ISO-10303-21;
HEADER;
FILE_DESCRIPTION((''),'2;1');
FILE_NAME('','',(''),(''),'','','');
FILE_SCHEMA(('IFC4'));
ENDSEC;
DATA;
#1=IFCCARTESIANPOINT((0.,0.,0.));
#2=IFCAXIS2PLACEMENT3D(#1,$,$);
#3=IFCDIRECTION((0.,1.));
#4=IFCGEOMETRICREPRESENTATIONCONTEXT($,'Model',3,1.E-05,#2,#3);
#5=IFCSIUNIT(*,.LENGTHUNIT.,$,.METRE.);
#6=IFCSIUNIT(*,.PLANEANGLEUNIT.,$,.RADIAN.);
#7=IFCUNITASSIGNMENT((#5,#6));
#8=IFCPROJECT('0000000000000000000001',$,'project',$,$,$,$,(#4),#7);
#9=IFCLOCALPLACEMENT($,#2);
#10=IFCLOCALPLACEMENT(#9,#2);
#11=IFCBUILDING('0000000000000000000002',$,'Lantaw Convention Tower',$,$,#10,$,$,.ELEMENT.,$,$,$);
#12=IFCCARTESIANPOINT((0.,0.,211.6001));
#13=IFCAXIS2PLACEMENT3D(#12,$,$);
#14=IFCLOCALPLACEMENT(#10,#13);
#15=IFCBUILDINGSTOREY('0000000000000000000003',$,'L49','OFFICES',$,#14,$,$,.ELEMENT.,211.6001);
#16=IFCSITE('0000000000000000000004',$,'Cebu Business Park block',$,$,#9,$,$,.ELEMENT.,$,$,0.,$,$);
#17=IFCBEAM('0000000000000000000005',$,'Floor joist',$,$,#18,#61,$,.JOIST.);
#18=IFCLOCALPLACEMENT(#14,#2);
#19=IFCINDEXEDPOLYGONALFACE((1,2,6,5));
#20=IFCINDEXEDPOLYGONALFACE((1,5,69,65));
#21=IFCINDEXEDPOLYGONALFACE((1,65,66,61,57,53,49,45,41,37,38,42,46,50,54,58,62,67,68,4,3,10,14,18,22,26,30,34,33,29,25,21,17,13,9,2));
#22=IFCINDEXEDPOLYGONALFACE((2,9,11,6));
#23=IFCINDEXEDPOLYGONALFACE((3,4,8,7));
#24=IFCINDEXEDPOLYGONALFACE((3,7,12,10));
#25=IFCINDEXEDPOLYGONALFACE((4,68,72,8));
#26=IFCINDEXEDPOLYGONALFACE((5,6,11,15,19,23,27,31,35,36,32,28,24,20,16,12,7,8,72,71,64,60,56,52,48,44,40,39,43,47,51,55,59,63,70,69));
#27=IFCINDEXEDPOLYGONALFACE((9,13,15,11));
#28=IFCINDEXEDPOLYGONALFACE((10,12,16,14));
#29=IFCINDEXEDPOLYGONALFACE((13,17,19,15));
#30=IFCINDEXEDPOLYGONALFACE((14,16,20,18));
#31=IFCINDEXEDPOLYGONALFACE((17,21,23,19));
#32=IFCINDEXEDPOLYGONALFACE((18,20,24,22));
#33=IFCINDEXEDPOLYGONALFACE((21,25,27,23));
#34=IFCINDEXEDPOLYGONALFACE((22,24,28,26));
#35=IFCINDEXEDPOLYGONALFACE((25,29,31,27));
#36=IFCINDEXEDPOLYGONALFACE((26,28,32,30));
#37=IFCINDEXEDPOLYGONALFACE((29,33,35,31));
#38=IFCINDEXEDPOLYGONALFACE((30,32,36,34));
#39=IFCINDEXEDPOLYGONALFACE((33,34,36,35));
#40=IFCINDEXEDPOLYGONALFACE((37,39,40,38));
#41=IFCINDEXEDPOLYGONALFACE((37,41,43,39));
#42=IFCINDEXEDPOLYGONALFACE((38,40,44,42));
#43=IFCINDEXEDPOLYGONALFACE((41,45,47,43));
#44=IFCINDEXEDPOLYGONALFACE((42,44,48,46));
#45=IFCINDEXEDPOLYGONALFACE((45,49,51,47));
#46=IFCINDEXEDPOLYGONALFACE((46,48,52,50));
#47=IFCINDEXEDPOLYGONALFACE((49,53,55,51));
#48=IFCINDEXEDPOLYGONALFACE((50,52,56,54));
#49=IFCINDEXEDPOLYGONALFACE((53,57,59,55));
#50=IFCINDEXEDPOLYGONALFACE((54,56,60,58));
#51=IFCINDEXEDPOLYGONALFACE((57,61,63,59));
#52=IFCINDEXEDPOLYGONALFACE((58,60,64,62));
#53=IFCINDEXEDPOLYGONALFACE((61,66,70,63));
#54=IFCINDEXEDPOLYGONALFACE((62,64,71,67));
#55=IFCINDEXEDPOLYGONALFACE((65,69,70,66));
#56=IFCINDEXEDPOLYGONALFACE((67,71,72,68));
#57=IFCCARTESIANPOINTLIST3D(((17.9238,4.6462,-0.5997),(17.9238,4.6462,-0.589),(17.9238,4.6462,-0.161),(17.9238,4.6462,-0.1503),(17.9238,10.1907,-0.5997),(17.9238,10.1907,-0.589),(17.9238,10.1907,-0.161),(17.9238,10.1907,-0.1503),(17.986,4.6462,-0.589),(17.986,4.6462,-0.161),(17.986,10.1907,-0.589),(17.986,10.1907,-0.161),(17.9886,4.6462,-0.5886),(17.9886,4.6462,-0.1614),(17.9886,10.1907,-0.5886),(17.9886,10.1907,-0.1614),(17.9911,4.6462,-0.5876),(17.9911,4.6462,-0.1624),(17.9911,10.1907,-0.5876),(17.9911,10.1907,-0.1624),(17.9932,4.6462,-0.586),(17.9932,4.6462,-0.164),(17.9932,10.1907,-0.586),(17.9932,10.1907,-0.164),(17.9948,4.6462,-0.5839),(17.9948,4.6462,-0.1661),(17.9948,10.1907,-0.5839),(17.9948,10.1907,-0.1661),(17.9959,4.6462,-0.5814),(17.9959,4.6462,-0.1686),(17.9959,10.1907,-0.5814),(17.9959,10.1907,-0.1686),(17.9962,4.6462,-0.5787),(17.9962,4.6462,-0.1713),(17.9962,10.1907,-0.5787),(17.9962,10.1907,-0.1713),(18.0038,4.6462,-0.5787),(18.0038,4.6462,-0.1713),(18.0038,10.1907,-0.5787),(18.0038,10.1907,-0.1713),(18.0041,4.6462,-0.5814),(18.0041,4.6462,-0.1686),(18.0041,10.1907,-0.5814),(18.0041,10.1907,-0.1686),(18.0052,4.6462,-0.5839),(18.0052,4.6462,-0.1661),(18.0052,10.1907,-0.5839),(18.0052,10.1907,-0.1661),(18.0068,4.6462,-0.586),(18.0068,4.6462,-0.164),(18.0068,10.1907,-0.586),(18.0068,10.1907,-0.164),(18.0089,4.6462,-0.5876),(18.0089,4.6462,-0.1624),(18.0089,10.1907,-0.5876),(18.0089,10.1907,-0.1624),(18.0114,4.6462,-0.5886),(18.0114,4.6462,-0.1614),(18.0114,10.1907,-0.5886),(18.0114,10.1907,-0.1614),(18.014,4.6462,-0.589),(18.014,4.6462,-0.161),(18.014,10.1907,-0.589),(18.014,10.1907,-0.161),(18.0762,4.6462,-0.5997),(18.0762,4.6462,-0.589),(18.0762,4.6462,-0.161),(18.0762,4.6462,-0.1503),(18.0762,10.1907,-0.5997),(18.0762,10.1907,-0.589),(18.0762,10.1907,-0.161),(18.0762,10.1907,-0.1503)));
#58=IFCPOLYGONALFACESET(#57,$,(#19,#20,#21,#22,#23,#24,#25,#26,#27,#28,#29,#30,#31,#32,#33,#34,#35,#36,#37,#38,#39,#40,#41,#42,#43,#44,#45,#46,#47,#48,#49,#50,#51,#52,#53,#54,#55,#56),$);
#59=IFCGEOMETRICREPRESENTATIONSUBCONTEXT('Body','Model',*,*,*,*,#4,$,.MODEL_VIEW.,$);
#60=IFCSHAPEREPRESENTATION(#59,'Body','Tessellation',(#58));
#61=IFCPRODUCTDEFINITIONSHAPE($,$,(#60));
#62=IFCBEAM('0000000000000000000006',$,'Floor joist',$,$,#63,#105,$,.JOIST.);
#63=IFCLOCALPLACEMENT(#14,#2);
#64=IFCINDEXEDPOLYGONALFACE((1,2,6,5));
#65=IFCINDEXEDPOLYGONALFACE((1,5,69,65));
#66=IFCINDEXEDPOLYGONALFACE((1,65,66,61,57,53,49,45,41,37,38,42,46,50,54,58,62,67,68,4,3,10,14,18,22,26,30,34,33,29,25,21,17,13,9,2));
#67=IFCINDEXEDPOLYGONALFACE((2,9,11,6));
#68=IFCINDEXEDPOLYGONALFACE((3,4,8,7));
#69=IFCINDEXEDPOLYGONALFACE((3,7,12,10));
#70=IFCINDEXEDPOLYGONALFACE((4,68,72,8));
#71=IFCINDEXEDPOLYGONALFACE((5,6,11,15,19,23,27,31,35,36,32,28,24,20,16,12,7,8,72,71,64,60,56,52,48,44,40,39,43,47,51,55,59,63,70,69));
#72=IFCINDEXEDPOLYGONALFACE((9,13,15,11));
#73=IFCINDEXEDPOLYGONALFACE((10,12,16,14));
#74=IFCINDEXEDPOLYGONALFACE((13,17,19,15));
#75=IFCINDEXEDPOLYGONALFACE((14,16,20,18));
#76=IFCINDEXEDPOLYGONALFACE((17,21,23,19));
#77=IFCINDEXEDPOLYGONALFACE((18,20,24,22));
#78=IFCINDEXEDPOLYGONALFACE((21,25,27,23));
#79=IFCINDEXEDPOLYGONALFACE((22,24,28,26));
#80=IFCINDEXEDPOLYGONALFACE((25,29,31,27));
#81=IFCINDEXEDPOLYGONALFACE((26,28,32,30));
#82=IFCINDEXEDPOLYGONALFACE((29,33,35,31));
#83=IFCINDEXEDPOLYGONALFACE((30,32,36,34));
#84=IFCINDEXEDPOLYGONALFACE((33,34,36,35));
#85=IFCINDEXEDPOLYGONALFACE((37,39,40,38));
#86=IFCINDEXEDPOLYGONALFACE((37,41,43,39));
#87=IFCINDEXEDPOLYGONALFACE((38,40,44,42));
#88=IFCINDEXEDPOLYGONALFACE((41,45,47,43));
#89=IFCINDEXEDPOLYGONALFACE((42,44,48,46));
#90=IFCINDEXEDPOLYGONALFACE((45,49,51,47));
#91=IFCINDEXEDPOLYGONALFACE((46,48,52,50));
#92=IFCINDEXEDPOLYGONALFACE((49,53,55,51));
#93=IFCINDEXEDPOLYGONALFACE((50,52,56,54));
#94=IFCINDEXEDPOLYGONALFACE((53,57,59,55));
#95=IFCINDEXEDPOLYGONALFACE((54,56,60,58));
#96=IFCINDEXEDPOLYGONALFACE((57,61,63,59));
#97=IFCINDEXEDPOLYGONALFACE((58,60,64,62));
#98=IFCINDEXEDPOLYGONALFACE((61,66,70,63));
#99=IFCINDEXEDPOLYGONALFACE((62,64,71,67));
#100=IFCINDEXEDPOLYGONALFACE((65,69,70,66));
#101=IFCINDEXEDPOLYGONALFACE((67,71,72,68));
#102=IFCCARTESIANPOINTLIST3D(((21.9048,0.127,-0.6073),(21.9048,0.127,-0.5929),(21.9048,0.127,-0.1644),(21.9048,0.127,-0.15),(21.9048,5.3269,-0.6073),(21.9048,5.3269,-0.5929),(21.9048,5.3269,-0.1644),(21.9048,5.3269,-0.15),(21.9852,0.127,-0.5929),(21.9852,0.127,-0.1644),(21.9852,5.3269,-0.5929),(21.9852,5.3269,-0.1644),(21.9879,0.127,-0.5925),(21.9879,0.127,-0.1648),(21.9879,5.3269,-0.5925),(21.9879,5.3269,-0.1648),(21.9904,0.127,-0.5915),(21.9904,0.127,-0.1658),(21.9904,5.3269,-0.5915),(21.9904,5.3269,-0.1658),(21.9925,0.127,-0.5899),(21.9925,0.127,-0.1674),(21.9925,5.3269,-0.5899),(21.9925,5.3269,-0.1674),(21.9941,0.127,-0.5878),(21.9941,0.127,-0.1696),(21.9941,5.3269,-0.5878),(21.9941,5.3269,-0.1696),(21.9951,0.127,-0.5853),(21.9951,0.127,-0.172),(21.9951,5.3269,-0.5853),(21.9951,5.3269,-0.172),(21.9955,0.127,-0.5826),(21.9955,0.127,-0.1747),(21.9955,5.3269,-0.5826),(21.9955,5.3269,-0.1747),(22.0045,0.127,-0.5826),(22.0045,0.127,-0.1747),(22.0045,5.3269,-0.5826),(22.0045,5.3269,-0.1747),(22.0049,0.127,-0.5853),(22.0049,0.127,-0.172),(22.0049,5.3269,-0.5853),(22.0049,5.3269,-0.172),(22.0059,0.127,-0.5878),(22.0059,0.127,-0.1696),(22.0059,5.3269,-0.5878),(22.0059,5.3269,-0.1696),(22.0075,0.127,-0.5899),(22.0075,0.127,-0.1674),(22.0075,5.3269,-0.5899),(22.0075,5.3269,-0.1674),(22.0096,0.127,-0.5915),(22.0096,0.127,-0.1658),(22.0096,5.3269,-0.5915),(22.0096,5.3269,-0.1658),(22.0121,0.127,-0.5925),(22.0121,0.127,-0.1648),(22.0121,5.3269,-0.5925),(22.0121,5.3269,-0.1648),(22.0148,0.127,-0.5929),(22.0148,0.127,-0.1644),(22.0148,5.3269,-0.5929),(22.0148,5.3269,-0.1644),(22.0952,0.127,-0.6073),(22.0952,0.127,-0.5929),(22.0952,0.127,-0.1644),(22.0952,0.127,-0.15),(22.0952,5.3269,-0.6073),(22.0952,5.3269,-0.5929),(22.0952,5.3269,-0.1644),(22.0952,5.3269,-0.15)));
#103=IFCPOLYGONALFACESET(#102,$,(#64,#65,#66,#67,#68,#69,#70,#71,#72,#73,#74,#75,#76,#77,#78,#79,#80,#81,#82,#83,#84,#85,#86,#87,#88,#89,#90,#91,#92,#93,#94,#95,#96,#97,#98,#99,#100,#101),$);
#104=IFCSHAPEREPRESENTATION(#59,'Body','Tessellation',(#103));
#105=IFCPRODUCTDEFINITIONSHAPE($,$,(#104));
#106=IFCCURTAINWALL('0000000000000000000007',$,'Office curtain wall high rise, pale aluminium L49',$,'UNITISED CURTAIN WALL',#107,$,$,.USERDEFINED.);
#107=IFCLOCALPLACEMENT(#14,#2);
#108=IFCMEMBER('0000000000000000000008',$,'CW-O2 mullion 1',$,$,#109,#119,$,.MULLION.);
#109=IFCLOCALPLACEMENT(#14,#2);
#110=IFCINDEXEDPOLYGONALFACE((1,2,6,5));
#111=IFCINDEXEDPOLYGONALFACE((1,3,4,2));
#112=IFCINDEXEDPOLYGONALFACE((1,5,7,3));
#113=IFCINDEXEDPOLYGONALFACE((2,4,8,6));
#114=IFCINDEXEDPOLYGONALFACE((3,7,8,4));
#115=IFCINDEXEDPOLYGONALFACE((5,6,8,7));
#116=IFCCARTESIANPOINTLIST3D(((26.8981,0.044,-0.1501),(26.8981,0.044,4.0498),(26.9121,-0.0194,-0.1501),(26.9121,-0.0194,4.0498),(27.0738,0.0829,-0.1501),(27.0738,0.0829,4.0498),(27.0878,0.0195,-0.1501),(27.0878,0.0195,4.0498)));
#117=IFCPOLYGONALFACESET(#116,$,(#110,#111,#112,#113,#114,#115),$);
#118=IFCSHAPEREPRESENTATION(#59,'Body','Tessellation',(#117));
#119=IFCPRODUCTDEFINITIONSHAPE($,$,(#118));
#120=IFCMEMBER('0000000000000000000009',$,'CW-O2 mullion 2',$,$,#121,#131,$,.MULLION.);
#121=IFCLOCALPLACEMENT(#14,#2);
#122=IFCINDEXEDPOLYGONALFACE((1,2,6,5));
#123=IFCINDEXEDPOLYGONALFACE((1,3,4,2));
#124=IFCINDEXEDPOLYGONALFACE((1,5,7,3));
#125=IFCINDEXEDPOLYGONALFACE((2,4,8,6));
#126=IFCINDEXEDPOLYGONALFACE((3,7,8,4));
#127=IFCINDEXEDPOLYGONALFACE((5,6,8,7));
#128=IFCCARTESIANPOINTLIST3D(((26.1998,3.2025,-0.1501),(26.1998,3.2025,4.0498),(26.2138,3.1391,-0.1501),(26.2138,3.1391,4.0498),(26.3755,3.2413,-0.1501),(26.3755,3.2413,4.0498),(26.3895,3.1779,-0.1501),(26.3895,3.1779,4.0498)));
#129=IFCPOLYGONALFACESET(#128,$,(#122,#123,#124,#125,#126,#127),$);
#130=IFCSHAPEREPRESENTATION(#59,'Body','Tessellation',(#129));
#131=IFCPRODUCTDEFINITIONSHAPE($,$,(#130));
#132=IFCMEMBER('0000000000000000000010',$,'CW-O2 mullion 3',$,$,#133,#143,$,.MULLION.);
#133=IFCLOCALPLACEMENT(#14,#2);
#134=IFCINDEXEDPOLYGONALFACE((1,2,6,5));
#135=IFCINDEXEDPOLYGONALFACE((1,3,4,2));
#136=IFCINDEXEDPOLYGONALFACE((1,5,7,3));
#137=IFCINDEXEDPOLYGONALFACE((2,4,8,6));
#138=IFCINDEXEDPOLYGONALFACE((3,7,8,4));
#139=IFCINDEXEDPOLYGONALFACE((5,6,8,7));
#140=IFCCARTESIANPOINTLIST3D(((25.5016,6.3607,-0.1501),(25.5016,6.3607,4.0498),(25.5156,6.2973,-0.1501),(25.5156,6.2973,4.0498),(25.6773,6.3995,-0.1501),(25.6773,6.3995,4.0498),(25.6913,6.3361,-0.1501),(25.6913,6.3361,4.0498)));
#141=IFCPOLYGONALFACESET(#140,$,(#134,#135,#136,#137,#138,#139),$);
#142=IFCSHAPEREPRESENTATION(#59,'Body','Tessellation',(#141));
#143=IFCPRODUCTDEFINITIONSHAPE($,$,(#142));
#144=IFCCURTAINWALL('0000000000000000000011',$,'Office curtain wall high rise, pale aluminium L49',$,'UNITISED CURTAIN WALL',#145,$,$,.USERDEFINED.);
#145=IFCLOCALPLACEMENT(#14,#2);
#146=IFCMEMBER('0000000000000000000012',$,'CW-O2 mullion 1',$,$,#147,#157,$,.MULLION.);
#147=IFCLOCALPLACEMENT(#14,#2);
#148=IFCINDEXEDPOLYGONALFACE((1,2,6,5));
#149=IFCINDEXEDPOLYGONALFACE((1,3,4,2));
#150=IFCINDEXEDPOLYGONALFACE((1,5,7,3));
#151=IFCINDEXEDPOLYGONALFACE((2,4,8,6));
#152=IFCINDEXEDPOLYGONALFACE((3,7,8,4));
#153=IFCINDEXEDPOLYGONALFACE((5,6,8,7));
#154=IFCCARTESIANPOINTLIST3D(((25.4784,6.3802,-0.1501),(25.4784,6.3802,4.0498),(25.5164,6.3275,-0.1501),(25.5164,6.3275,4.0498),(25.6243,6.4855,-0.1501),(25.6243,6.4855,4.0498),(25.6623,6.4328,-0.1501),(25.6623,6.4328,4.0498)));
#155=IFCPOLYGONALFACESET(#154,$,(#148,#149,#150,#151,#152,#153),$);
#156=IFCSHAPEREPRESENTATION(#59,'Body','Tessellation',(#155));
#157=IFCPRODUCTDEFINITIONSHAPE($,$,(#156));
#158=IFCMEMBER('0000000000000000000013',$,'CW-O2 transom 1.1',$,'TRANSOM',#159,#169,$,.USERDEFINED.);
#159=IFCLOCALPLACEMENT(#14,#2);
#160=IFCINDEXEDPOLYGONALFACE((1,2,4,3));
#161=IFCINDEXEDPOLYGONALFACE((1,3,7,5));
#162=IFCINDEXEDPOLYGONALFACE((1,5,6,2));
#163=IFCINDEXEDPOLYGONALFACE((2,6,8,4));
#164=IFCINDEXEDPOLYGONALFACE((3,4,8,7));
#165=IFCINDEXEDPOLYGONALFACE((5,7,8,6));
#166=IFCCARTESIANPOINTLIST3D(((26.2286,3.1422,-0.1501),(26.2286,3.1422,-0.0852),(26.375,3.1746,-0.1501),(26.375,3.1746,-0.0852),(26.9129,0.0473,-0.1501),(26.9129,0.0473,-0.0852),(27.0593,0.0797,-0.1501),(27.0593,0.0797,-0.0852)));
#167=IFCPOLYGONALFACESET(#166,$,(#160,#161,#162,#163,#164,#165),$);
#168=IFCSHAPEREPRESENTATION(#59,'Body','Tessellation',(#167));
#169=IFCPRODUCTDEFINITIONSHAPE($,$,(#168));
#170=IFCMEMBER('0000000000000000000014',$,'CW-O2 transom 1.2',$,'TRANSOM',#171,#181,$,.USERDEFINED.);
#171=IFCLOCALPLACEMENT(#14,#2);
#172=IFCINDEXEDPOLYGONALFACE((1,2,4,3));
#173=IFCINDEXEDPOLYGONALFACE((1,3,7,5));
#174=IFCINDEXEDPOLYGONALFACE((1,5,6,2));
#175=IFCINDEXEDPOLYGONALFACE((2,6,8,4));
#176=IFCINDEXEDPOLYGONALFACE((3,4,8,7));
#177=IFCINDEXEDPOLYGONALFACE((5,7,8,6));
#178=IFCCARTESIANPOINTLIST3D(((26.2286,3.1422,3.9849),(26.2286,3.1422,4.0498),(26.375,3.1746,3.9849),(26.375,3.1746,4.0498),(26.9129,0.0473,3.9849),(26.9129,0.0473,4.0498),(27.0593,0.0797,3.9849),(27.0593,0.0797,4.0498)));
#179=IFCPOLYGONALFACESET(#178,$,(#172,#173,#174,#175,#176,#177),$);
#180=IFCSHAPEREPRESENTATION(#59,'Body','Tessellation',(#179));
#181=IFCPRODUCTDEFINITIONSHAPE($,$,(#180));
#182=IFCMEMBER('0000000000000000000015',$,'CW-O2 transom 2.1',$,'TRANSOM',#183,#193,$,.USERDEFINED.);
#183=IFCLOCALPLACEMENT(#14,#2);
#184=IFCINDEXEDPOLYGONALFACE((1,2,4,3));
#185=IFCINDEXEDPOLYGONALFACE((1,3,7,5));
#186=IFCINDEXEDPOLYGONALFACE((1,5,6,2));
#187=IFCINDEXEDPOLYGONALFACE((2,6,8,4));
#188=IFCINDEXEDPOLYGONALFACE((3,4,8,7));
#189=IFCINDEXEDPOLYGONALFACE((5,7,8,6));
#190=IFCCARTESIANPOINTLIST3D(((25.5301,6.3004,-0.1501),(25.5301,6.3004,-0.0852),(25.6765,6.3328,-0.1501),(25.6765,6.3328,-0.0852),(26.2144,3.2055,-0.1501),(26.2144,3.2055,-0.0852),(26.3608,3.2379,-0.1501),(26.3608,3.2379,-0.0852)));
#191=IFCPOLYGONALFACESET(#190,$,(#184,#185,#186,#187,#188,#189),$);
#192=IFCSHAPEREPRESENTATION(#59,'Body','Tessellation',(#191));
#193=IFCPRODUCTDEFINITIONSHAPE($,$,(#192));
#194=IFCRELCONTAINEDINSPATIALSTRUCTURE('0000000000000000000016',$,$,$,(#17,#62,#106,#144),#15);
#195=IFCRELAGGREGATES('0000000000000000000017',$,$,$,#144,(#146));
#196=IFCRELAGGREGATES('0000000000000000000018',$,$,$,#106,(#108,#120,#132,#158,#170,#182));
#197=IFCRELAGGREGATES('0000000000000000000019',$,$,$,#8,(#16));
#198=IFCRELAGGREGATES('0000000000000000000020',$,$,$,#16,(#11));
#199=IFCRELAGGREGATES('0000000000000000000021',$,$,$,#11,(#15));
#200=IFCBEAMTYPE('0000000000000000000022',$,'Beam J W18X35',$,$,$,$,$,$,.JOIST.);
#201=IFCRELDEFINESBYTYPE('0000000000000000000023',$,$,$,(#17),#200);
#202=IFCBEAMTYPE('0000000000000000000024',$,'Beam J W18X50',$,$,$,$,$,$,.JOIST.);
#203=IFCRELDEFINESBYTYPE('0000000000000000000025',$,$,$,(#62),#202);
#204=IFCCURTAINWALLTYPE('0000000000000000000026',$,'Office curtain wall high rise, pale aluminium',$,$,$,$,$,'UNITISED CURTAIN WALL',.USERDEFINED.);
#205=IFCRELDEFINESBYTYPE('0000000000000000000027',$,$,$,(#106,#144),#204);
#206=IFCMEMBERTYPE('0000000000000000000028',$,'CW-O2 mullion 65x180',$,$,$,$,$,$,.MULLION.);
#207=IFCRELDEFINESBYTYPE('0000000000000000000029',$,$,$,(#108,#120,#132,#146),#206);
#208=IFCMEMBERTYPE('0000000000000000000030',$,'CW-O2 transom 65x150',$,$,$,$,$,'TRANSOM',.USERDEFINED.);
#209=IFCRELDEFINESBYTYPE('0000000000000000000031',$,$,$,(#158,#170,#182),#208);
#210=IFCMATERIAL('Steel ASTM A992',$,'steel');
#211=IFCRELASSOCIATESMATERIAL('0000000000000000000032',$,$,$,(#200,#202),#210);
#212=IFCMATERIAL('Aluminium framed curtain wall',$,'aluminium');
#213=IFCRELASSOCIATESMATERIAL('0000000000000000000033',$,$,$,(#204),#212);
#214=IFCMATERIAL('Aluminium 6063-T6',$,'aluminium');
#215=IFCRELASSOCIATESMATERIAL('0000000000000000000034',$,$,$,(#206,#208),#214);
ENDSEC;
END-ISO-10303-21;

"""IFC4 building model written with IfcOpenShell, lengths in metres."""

from ifc_helpers import new_model, si_unit, direction, frame, origin, origin_2d, place, context, subcontext, project, spatial, rectangle, i_section, extrude, material, material_profile, profile_set, type_object, element, aggregate, save


model = new_model("IFC4")

# Units and contexts
model_context = context("Model", 3, precision=1e-05, world=origin(), true_north=direction((0.0, 1.0)))
body_context = subcontext(model_context, "Body", "Model", "MODEL_VIEW")
ifc_project = project(units=[si_unit("LENGTHUNIT", "METRE"), si_unit("PLANEANGLEUNIT", "RADIAN")], contexts=[model_context])

# Site, building, storey
site_placement = place(None, origin())
site = spatial("IfcSite", under=ifc_project, at=site_placement, Name="Cebu Business Park block", CompositionType="ELEMENT", RefElevation=0.0)
building_placement = place(site_placement, origin())
building = spatial("IfcBuilding", under=site, at=building_placement, Name="Lantaw Convention Tower", CompositionType="ELEMENT")
storey_placement = place(building_placement, frame((0.0, 0.0, 211.6001)))
storey = spatial("IfcBuildingStorey", under=building, at=storey_placement, Name="L49", Description="OFFICES", CompositionType="ELEMENT", Elevation=211.6001)

# Beams
ifc_material_1 = material(Name="Steel ASTM A992", Category="steel")
ifc_material_profile_1 = material_profile(ifc_material_1, i_section(OverallWidth=0.1523, OverallDepth=0.4495, WebThickness=0.0076, FlangeThickness=0.0107, FilletRadius=0.0103, at=origin_2d()), Name="W18X35")
ifc_profile_set_1 = profile_set([ifc_material_profile_1], Name="Steel ASTM A992")
beam_type_1 = type_object("IfcBeamType", Name="Beam J W18X35", PredefinedType="JOIST", material=ifc_profile_set_1)
beam_1_placement = place(storey_placement, frame((18.0, 4.6462, -0.375), z_axis=(0.0, 1.0, 0.0), x_axis=(-1.0, 0.0, 0.0)))
element("IfcBeam", 1, at=beam_1_placement, inside=storey, type_object=beam_type_1, Name="Floor joist", PredefinedType="JOIST", context=body_context, shape_type="SweptSolid", body=[
    extrude(i_section(OverallWidth=0.1523, OverallDepth=0.4495, WebThickness=0.0076, FlangeThickness=0.0107, FilletRadius=0.0103, at=origin_2d()), origin(), (0.0, 0.0, 1.0), 5.5444),
])
ifc_material_profile_2 = material_profile(ifc_material_1, i_section(OverallWidth=0.1904, OverallDepth=0.4573, WebThickness=0.009, FlangeThickness=0.0144, FilletRadius=0.0103, at=origin_2d()), Name="W18X50")
ifc_profile_set_2 = profile_set([ifc_material_profile_2], Name="Steel ASTM A992")
beam_type_2 = type_object("IfcBeamType", Name="Beam J W18X50", PredefinedType="JOIST", material=ifc_profile_set_2)
beam_2_placement = place(storey_placement, frame((22.0, 0.127, -0.3787), z_axis=(0.0, 1.0, 0.0), x_axis=(-1.0, 0.0, 0.0)))
element("IfcBeam", 2, at=beam_2_placement, inside=storey, type_object=beam_type_2, Name="Floor joist", PredefinedType="JOIST", context=body_context, shape_type="SweptSolid", body=[
    extrude(i_section(OverallWidth=0.1904, OverallDepth=0.4573, WebThickness=0.009, FlangeThickness=0.0144, FilletRadius=0.0103, at=origin_2d()), origin(), (0.0, 0.0, 1.0), 5.2),
])

# Curtain wall, members
ifc_material_2 = material(Name="Aluminium framed curtain wall", Category="aluminium")
curtain_wall_type = type_object("IfcCurtainWallType", Name="Office curtain wall high rise, pale aluminium", ElementType="UNITISED CURTAIN WALL", PredefinedType="USERDEFINED", material=ifc_material_2)
curtain_wall_1_placement = place(storey_placement, origin())
curtain_wall_1 = element("IfcCurtainWall", 3, at=curtain_wall_1_placement, inside=storey, type_object=curtain_wall_type, Name="Office curtain wall high rise, pale aluminium L49", ObjectType="UNITISED CURTAIN WALL", PredefinedType="USERDEFINED")
ifc_material_3 = material(Name="Aluminium 6063-T6", Category="aluminium")
ifc_material_profile_3 = material_profile(ifc_material_3, rectangle(XDim=0.1799, YDim=0.0649, at=origin_2d()), Name="CW-O2 mullion 65x180")
ifc_profile_set_3 = profile_set([ifc_material_profile_3], Name="Aluminium 6063-T6")
member_type_1 = type_object("IfcMemberType", Name="CW-O2 mullion 65x180", PredefinedType="MULLION", material=ifc_profile_set_3)
member_1_placement = place(storey_placement, frame((26.9929, 0.0317, -0.1501), z_axis=(0.0, 0.0, 1.0), x_axis=(-0.976417, -0.215891, 0.0)))
member_1 = element("IfcMember", 4, at=member_1_placement, type_object=member_type_1, Name="CW-O2 mullion 1", PredefinedType="MULLION", context=body_context, shape_type="SweptSolid", body=[
    extrude(rectangle(XDim=0.1799, YDim=0.0649, at=origin_2d()), origin(), (0.0, 0.0, 1.0), 4.2),
])
member_2_placement = place(storey_placement, frame((26.2947, 3.1902, -0.1501), z_axis=(0.0, 0.0, 1.0), x_axis=(-0.976417, -0.215891, 0.0)))
member_2 = element("IfcMember", 5, at=member_2_placement, type_object=member_type_1, Name="CW-O2 mullion 2", PredefinedType="MULLION", context=body_context, shape_type="SweptSolid", body=[
    extrude(rectangle(XDim=0.1799, YDim=0.0649, at=origin_2d()), origin(), (0.0, 0.0, 1.0), 4.2),
])
member_3_placement = place(storey_placement, frame((25.5964, 6.3484, -0.1501), z_axis=(0.0, 0.0, 1.0), x_axis=(-0.976417, -0.215891, 0.0)))
member_3 = element("IfcMember", 6, at=member_3_placement, type_object=member_type_1, Name="CW-O2 mullion 3", PredefinedType="MULLION", context=body_context, shape_type="SweptSolid", body=[
    extrude(rectangle(XDim=0.1799, YDim=0.0649, at=origin_2d()), origin(), (0.0, 0.0, 1.0), 4.2),
])

# Curtain wall, member
curtain_wall_2_placement = place(storey_placement, origin())
curtain_wall_2 = element("IfcCurtainWall", 7, at=curtain_wall_2_placement, inside=storey, type_object=curtain_wall_type, Name="Office curtain wall high rise, pale aluminium L49", ObjectType="UNITISED CURTAIN WALL", PredefinedType="USERDEFINED")
member_4_placement = place(storey_placement, frame((25.5703, 6.4065, -0.1501), z_axis=(0.0, 0.0, 1.0), x_axis=(-0.81092, -0.585158, 0.0)))
member_4 = element("IfcMember", 8, at=member_4_placement, type_object=member_type_1, Name="CW-O2 mullion 1", PredefinedType="MULLION", context=body_context, shape_type="SweptSolid", body=[
    extrude(rectangle(XDim=0.1799, YDim=0.0649, at=origin_2d()), origin(), (0.0, 0.0, 1.0), 4.2),
])

# Members
ifc_material_profile_4 = material_profile(ifc_material_3, rectangle(XDim=0.1499, YDim=0.0649, at=origin_2d()), Name="CW-O2 transom 65x150")
ifc_profile_set_4 = profile_set([ifc_material_profile_4], Name="Aluminium 6063-T6")
member_type_2 = type_object("IfcMemberType", Name="CW-O2 transom 65x150", ElementType="TRANSOM", PredefinedType="USERDEFINED", material=ifc_profile_set_4)
member_5_placement = place(storey_placement, frame((26.9861, 0.0635, -0.1177), z_axis=(-0.215895, 0.976417, 0.0), x_axis=(-0.976417, -0.215895, 0.0)))
member_5 = element("IfcMember", 9, at=member_5_placement, type_object=member_type_2, Name="CW-O2 transom 1.1", ObjectType="TRANSOM", PredefinedType="USERDEFINED", context=body_context, shape_type="SweptSolid", body=[
    extrude(rectangle(XDim=0.1499, YDim=0.0649, at=origin_2d()), origin(), (0.0, 0.0, 1.0), 3.1697),
])
member_6_placement = place(storey_placement, frame((26.9861, 0.0635, 4.0173), z_axis=(-0.215895, 0.976417, 0.0), x_axis=(-0.976417, -0.215895, 0.0)))
member_6 = element("IfcMember", 10, at=member_6_placement, type_object=member_type_2, Name="CW-O2 transom 1.2", ObjectType="TRANSOM", PredefinedType="USERDEFINED", context=body_context, shape_type="SweptSolid", body=[
    extrude(rectangle(XDim=0.1499, YDim=0.0649, at=origin_2d()), origin(), (0.0, 0.0, 1.0), 3.1697),
])
member_7_placement = place(storey_placement, frame((26.2876, 3.2217, -0.1177), z_axis=(-0.215895, 0.976417, 0.0), x_axis=(-0.976417, -0.215895, 0.0)))
member_7 = element("IfcMember", 11, at=member_7_placement, type_object=member_type_2, Name="CW-O2 transom 2.1", ObjectType="TRANSOM", PredefinedType="USERDEFINED", context=body_context, shape_type="SweptSolid", body=[
    extrude(rectangle(XDim=0.1499, YDim=0.0649, at=origin_2d()), origin(), (0.0, 0.0, 1.0), 3.1697),
])
aggregate(curtain_wall_2, [member_4])

aggregate(curtain_wall_1, [member_1, member_2, member_3, member_5, member_6, member_7])

save(model, "model.ifc")
